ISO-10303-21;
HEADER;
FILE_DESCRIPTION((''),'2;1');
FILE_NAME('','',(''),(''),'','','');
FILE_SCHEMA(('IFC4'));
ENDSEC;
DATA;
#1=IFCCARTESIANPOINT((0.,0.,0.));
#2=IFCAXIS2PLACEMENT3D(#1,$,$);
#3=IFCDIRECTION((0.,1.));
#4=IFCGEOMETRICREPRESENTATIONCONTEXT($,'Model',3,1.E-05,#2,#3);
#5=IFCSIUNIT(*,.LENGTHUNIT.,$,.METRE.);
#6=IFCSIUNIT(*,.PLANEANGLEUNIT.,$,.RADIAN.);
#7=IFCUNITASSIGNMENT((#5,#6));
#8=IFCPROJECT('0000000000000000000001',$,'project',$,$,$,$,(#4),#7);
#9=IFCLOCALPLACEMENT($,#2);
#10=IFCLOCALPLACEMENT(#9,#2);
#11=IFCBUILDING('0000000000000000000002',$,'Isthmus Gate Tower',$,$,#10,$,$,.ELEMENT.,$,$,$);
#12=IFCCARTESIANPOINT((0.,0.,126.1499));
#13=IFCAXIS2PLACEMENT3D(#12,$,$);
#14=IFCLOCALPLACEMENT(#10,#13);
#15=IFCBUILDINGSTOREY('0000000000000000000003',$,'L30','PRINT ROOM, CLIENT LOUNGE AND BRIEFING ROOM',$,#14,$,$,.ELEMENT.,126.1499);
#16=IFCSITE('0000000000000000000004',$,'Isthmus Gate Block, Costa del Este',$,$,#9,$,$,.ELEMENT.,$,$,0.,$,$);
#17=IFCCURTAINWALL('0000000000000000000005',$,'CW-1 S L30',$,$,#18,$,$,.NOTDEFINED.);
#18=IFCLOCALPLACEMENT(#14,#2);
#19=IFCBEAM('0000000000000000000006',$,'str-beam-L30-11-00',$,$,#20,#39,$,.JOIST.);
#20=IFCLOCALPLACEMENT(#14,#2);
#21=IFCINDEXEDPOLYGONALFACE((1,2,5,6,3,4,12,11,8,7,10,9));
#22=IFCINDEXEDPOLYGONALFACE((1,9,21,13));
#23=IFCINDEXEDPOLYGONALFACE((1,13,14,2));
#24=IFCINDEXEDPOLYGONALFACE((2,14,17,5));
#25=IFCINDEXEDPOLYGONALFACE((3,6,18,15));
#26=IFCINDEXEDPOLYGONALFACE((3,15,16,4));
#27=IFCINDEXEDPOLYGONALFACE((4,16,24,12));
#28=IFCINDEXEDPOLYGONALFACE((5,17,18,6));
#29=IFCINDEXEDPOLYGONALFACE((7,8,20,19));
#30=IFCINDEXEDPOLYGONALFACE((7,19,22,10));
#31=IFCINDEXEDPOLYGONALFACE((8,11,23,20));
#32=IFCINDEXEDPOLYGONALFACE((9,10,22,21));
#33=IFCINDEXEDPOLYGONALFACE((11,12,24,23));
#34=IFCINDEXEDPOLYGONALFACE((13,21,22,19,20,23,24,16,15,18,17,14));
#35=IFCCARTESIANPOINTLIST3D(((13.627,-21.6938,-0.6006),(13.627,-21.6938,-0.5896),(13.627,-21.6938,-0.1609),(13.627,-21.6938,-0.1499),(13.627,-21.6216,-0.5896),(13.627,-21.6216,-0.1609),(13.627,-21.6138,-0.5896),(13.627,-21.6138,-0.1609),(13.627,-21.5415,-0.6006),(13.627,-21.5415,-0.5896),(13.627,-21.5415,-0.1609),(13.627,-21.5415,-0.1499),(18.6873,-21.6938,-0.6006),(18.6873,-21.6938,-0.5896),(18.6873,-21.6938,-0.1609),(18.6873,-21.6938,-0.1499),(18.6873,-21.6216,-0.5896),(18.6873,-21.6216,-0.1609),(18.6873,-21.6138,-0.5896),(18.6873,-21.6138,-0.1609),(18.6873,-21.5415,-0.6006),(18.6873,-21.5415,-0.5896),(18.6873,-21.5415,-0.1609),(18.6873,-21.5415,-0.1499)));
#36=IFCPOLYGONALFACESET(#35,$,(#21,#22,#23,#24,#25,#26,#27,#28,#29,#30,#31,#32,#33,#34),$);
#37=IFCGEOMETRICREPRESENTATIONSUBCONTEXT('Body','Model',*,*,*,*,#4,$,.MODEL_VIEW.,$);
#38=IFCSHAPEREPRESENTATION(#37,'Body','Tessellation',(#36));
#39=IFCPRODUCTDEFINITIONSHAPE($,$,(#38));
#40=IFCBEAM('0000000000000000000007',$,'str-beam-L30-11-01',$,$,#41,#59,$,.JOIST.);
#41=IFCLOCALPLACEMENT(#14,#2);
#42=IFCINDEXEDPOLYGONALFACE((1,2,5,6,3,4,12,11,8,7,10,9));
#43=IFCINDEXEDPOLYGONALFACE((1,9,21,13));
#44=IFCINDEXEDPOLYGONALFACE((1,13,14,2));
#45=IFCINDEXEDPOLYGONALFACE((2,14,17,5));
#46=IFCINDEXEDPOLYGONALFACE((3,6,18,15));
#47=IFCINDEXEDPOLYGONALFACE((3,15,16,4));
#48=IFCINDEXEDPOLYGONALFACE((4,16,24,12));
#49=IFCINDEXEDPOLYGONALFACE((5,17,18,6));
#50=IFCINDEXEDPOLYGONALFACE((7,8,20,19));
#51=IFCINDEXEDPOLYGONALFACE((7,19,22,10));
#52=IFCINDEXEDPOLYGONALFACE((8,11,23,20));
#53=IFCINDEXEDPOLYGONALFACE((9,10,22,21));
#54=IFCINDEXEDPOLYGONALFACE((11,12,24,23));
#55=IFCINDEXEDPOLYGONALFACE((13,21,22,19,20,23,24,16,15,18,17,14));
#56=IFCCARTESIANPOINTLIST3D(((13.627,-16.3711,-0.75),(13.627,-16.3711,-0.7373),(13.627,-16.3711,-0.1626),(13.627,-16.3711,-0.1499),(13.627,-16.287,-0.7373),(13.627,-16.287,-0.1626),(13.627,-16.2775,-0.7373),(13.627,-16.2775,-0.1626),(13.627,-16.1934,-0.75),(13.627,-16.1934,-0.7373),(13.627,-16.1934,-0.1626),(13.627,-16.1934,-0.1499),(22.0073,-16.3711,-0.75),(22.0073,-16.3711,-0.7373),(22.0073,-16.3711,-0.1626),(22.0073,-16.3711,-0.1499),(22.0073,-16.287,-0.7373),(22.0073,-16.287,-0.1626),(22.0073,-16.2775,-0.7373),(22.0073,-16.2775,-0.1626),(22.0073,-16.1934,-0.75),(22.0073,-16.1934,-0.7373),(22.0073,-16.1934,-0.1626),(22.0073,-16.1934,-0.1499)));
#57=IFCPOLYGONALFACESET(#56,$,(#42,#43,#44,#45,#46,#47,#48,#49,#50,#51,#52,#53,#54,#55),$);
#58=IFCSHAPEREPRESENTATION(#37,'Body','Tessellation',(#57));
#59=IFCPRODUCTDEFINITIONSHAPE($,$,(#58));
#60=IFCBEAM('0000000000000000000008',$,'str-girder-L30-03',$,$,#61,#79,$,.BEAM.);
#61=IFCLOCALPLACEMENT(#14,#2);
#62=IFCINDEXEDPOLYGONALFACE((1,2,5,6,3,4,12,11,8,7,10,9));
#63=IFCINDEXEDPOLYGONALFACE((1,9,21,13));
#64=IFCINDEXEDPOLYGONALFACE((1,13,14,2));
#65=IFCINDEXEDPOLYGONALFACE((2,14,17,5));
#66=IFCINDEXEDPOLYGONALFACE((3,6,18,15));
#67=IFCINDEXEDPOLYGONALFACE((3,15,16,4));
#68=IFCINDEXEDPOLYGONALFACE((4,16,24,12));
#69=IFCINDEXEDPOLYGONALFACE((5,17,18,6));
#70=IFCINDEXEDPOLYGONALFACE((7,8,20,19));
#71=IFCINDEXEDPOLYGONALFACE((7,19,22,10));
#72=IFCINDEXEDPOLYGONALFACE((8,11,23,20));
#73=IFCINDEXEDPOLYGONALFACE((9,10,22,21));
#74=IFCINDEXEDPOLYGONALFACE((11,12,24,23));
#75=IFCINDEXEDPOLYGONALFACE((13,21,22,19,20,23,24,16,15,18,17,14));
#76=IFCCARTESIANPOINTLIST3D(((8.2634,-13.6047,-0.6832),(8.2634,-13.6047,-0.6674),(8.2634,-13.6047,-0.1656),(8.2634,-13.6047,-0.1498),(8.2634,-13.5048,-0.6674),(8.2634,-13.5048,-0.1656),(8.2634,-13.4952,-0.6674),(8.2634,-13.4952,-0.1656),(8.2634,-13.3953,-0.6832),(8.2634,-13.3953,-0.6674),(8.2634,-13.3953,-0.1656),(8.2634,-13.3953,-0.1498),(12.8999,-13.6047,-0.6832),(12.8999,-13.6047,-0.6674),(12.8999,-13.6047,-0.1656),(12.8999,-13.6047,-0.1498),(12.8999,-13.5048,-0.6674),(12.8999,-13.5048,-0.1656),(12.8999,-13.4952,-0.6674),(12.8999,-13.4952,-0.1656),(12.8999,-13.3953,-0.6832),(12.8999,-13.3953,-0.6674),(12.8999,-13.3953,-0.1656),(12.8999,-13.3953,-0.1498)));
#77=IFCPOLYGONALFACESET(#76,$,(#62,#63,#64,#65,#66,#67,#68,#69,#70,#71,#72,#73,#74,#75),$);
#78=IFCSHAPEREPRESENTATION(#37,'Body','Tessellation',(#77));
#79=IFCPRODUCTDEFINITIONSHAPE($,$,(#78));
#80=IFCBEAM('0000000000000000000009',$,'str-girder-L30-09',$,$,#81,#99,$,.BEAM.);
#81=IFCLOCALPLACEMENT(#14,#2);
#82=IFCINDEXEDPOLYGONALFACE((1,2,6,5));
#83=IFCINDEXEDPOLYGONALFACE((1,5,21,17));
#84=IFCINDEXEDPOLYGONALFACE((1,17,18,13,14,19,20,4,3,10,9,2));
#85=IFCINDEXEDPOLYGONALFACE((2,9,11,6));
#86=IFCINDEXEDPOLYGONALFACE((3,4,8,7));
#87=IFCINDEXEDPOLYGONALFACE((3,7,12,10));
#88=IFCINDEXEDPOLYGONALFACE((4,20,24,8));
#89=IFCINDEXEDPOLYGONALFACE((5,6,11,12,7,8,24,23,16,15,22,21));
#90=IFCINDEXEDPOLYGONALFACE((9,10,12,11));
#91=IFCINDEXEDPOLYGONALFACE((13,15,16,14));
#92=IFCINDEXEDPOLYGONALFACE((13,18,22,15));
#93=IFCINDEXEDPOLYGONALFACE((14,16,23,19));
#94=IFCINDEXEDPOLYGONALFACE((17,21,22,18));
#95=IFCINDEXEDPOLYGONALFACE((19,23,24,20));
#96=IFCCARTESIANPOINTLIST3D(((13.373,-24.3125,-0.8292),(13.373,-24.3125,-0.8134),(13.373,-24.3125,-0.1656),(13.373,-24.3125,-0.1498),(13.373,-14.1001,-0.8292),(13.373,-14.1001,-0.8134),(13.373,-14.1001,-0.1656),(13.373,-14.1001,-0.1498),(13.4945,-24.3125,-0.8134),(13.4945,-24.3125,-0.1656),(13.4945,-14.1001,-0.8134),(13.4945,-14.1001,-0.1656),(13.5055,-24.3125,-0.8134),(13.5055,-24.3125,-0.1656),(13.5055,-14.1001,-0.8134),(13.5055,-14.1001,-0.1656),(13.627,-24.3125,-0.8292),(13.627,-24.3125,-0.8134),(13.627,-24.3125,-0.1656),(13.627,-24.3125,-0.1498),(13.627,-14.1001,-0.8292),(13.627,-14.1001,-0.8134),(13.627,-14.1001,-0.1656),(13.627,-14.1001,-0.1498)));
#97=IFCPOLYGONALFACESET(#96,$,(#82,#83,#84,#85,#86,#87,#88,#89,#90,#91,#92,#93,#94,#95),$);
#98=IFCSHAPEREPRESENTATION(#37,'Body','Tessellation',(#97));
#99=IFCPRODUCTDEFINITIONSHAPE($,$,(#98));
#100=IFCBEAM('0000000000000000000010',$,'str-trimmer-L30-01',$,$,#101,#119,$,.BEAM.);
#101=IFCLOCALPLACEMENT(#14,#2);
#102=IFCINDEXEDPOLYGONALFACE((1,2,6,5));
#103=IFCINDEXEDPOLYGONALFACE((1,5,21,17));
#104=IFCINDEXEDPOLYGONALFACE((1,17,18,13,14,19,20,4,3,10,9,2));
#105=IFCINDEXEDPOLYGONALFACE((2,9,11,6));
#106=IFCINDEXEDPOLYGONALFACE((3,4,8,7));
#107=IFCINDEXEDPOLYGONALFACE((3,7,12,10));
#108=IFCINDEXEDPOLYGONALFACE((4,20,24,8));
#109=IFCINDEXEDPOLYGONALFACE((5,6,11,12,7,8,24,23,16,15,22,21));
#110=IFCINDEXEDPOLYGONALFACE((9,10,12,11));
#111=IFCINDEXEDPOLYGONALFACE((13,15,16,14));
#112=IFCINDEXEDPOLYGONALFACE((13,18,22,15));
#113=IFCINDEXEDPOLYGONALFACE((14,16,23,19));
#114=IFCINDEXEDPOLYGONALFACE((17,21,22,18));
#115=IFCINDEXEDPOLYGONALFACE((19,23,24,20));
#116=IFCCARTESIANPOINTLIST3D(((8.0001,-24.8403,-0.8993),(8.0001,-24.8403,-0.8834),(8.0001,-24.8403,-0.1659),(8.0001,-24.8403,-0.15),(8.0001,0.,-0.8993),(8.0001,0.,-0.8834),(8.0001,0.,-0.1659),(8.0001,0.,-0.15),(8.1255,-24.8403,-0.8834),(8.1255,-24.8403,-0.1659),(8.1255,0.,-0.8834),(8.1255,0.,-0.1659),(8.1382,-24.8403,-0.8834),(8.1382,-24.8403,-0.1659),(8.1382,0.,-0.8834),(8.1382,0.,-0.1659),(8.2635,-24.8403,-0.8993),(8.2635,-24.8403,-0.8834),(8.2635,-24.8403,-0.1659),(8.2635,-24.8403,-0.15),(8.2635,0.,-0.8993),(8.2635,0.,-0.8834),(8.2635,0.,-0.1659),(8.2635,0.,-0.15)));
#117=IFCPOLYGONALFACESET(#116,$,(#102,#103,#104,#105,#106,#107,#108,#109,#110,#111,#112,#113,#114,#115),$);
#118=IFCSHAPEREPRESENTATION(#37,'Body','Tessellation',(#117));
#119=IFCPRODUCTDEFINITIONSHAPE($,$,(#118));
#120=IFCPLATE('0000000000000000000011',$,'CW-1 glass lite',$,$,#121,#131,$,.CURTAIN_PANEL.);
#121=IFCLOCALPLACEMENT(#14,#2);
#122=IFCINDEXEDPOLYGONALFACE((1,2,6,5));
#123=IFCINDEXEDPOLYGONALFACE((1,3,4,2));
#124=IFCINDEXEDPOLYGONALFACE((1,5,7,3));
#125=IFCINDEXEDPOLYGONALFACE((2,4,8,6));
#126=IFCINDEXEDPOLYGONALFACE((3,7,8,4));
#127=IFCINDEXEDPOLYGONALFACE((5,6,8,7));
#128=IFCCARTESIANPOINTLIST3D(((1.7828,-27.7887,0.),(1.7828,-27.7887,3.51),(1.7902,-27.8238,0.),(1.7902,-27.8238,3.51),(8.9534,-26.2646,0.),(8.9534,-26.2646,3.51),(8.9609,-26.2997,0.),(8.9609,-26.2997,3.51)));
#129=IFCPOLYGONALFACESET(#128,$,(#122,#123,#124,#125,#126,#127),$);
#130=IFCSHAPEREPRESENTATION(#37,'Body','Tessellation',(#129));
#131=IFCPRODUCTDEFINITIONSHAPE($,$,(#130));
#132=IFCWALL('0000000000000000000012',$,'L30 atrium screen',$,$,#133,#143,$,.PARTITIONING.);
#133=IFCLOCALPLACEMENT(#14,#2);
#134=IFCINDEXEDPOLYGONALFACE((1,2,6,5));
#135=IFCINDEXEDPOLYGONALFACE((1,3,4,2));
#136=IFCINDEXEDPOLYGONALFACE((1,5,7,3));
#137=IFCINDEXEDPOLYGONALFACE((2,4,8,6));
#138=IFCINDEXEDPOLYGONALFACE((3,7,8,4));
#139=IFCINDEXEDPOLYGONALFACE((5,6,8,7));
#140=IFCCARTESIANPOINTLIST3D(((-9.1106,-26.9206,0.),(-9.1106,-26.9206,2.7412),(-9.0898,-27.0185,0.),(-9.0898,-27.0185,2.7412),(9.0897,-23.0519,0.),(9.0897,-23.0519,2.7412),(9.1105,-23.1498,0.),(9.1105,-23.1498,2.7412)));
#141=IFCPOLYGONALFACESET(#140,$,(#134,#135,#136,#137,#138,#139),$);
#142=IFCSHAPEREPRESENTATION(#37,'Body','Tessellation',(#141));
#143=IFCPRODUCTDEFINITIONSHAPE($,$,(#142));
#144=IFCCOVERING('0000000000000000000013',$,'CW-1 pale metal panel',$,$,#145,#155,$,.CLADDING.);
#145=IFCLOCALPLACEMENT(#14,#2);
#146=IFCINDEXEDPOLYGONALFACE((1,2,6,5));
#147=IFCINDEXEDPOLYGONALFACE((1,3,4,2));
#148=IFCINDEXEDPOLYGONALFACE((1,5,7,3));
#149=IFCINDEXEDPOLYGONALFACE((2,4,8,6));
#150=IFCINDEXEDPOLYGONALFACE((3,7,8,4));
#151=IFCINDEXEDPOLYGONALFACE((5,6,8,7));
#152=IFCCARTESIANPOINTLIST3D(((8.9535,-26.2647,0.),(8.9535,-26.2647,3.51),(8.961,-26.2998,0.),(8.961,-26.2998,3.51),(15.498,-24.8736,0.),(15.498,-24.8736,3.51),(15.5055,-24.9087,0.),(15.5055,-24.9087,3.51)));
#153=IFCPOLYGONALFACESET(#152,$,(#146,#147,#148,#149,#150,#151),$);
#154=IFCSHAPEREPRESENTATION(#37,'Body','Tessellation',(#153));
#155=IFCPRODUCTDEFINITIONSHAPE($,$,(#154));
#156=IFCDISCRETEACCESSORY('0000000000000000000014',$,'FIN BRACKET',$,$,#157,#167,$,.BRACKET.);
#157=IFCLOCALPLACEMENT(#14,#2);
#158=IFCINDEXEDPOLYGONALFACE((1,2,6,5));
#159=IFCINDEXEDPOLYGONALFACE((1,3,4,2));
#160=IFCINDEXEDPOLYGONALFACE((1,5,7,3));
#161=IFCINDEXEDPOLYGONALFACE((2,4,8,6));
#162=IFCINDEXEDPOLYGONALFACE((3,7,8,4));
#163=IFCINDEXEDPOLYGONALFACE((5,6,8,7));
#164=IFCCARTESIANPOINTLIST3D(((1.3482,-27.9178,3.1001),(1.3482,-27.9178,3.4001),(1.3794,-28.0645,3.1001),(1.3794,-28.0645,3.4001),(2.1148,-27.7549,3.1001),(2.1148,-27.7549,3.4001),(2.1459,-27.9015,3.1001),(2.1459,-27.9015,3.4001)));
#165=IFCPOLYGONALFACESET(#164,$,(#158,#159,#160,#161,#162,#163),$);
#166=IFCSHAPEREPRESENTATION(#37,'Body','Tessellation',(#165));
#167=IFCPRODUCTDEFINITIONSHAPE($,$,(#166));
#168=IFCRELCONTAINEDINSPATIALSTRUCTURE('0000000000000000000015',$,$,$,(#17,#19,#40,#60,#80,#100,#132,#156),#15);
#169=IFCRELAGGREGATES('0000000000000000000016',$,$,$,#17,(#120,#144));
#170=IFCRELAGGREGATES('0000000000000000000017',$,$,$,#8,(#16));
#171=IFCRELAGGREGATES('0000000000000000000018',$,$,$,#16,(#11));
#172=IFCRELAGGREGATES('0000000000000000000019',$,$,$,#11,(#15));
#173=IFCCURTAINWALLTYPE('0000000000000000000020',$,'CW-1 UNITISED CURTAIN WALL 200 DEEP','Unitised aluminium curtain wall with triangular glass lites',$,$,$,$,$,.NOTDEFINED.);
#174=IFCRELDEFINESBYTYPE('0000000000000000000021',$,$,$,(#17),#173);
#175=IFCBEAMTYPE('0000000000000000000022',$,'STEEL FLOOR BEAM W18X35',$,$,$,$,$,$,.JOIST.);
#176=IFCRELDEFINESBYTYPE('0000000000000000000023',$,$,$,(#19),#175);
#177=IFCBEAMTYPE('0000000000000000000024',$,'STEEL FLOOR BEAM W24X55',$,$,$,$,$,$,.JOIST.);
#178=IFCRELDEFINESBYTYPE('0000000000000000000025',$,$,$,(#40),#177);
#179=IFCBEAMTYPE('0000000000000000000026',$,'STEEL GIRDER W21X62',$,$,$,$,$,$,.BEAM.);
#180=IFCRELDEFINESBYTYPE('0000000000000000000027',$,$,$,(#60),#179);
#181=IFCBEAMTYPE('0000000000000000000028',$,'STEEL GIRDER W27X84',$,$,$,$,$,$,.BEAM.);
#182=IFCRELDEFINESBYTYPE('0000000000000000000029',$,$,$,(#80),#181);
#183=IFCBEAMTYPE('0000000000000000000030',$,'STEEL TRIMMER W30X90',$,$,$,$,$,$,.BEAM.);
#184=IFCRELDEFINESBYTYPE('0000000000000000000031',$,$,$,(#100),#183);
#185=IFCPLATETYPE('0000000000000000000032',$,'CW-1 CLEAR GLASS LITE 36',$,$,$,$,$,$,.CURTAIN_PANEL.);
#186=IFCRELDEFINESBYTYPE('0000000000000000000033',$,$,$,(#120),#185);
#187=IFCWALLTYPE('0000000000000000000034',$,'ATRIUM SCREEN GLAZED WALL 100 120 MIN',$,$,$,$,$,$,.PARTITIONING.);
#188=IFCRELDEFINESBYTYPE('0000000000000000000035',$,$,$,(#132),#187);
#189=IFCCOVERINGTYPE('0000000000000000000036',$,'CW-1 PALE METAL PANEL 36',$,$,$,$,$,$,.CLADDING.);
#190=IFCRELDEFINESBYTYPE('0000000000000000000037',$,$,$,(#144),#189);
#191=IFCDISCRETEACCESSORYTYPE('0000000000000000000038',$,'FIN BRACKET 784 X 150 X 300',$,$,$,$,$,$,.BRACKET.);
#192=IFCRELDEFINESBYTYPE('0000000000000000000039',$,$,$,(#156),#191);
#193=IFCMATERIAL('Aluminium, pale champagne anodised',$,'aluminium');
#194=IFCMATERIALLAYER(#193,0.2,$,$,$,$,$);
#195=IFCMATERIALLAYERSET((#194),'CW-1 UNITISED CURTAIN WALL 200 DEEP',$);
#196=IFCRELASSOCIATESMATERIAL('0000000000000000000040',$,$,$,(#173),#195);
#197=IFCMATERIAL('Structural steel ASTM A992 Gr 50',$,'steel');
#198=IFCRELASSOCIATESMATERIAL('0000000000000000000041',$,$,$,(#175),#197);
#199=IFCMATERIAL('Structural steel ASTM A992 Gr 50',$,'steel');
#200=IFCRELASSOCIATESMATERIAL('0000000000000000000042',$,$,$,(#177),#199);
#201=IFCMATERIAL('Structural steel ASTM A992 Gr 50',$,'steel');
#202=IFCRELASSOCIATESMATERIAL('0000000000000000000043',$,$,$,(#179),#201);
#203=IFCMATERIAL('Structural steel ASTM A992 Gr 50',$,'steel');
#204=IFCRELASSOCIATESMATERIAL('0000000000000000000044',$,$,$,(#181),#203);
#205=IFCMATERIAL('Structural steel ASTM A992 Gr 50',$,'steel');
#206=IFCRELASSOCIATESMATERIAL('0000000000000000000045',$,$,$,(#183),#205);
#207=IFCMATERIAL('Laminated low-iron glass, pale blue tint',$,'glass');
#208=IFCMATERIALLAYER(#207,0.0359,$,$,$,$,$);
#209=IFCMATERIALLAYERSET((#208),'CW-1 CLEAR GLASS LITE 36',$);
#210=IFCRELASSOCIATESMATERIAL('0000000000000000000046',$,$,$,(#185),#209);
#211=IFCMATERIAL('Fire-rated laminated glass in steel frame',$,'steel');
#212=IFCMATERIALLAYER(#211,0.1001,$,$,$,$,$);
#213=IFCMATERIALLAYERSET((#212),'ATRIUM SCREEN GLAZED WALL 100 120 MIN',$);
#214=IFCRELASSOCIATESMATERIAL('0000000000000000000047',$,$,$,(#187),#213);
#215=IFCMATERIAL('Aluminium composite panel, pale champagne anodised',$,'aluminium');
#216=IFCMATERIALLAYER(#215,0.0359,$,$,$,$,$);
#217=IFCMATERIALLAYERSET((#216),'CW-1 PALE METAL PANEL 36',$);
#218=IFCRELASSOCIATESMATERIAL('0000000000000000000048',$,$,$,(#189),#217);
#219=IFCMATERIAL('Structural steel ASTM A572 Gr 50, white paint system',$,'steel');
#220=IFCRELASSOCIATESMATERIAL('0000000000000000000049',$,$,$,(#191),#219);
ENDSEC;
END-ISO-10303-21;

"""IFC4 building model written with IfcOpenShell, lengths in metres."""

from ifc_helpers import new_model, si_unit, direction, frame, frame_2d, origin, origin_2d, place, context, subcontext, project, spatial, rectangle, i_section, extrude, material, layer, layer_set, material_profile, profile_set, type_object, element, aggregate, save


model = new_model("IFC4")

# Units and contexts
model_context = context("Model", 3, precision=1e-05, world=origin(), true_north=direction((0.0, 1.0)))
body_context = subcontext(model_context, "Body", "Model", "MODEL_VIEW")
ifc_project = project(units=[si_unit("LENGTHUNIT", "METRE"), si_unit("PLANEANGLEUNIT", "RADIAN")], contexts=[model_context])

# Site, building, storey
site_placement = place(None, origin())
site = spatial("IfcSite", under=ifc_project, at=site_placement, Name="Isthmus Gate Block, Costa del Este", CompositionType="ELEMENT", RefElevation=0.0)
building_placement = place(site_placement, origin())
building = spatial("IfcBuilding", under=site, at=building_placement, Name="Isthmus Gate Tower", CompositionType="ELEMENT")
storey_placement = place(building_placement, frame((0.0, 0.0, 126.1499)))
storey = spatial("IfcBuildingStorey", under=building, at=storey_placement, Name="L30", Description="PRINT ROOM, CLIENT LOUNGE AND BRIEFING ROOM", CompositionType="ELEMENT", Elevation=126.1499)

# Curtain wall
ifc_material_1 = material(Name="Aluminium, pale champagne anodised", Category="aluminium")
ifc_layer_1 = layer(ifc_material_1, 0.2)
ifc_layer_set_1 = layer_set([ifc_layer_1], Name="CW-1 UNITISED CURTAIN WALL 200 DEEP")
curtain_wall_type = type_object("IfcCurtainWallType", Name="CW-1 UNITISED CURTAIN WALL 200 DEEP", Description="Unitised aluminium curtain wall with triangular glass lites", PredefinedType="NOTDEFINED", material=ifc_layer_set_1)
curtain_wall_placement = place(storey_placement, origin())
curtain_wall = element("IfcCurtainWall", 1, at=curtain_wall_placement, inside=storey, type_object=curtain_wall_type, Name="CW-1 S L30", PredefinedType="NOTDEFINED")

# Beams
ifc_material_2 = material(Name="Structural steel ASTM A992 Gr 50", Category="steel")
ifc_material_profile_1 = material_profile(ifc_material_2, i_section(OverallWidth=0.1523, OverallDepth=0.4507, WebThickness=0.0078, FlangeThickness=0.011, at=origin_2d()), Name="W18X35")
ifc_profile_set_1 = profile_set([ifc_material_profile_1], Name="Structural steel ASTM A992 Gr 50")
beam_type_1 = type_object("IfcBeamType", Name="STEEL FLOOR BEAM W18X35", PredefinedType="JOIST", material=ifc_profile_set_1)
beam_1_placement = place(storey_placement, frame((13.627, -21.6177, -0.3752), z_axis=(1.0, 0.0, 0.0), x_axis=(0.0, 1.0, 0.0)))
element("IfcBeam", 2, at=beam_1_placement, inside=storey, type_object=beam_type_1, Name="str-beam-L30-11-00", PredefinedType="JOIST", context=body_context, shape_type="SweptSolid", body=[
    extrude(i_section(OverallWidth=0.1523, OverallDepth=0.4507, WebThickness=0.0078, FlangeThickness=0.011, at=origin_2d()), origin(), (0.0, 0.0, 1.0), 5.0603),
])
ifc_material_3 = material(Name="Structural steel ASTM A992 Gr 50", Category="steel")
ifc_material_profile_2 = material_profile(ifc_material_3, i_section(OverallWidth=0.1777, OverallDepth=0.6001, WebThickness=0.0095, FlangeThickness=0.0127, at=origin_2d()), Name="W24X55")
ifc_profile_set_2 = profile_set([ifc_material_profile_2], Name="Structural steel ASTM A992 Gr 50")
beam_type_2 = type_object("IfcBeamType", Name="STEEL FLOOR BEAM W24X55", PredefinedType="JOIST", material=ifc_profile_set_2)
beam_2_placement = place(storey_placement, frame((13.627, -16.2822, -0.45), z_axis=(1.0, 0.0, 0.0), x_axis=(0.0, 1.0, 0.0)))
element("IfcBeam", 3, at=beam_2_placement, inside=storey, type_object=beam_type_2, Name="str-beam-L30-11-01", PredefinedType="JOIST", context=body_context, shape_type="SweptSolid", body=[
    extrude(i_section(OverallWidth=0.1777, OverallDepth=0.6001, WebThickness=0.0095, FlangeThickness=0.0127, at=origin_2d()), origin(), (0.0, 0.0, 1.0), 8.3804),
])
ifc_material_4 = material(Name="Structural steel ASTM A992 Gr 50", Category="steel")
ifc_material_profile_3 = material_profile(ifc_material_4, i_section(OverallWidth=0.2095, OverallDepth=0.5334, WebThickness=0.0095, FlangeThickness=0.0159, at=origin_2d()), Name="W21X62")
ifc_profile_set_3 = profile_set([ifc_material_profile_3], Name="Structural steel ASTM A992 Gr 50")
beam_type_3 = type_object("IfcBeamType", Name="STEEL GIRDER W21X62", PredefinedType="BEAM", material=ifc_profile_set_3)
beam_3_placement = place(storey_placement, frame((8.2634, -13.5, -0.4165), z_axis=(1.0, 0.0, 0.0), x_axis=(0.0, 1.0, 0.0)))
element("IfcBeam", 4, at=beam_3_placement, inside=storey, type_object=beam_type_3, Name="str-girder-L30-03", PredefinedType="BEAM", context=body_context, shape_type="SweptSolid", body=[
    extrude(i_section(OverallWidth=0.2095, OverallDepth=0.5334, WebThickness=0.0095, FlangeThickness=0.0159, at=origin_2d()), origin(), (0.0, 0.0, 1.0), 4.6365),
])
ifc_material_5 = material(Name="Structural steel ASTM A992 Gr 50", Category="steel")
ifc_material_profile_4 = material_profile(ifc_material_5, i_section(OverallWidth=0.2539, OverallDepth=0.6794, WebThickness=0.011, FlangeThickness=0.0159, at=origin_2d()), Name="W27X84")
ifc_profile_set_4 = profile_set([ifc_material_profile_4], Name="Structural steel ASTM A992 Gr 50")
beam_type_4 = type_object("IfcBeamType", Name="STEEL GIRDER W27X84", PredefinedType="BEAM", material=ifc_profile_set_4)
beam_4_placement = place(storey_placement, frame((13.5, -24.3125, -0.4895), z_axis=(0.0, 1.0, 0.0), x_axis=(-1.0, 0.0, 0.0)))
element("IfcBeam", 5, at=beam_4_placement, inside=storey, type_object=beam_type_4, Name="str-girder-L30-09", PredefinedType="BEAM", context=body_context, shape_type="SweptSolid", body=[
    extrude(i_section(OverallWidth=0.2539, OverallDepth=0.6794, WebThickness=0.011, FlangeThickness=0.0159, at=origin_2d()), origin(), (0.0, 0.0, 1.0), 10.2124),
])
ifc_material_6 = material(Name="Structural steel ASTM A992 Gr 50", Category="steel")
ifc_material_profile_5 = material_profile(ifc_material_6, i_section(OverallWidth=0.2634, OverallDepth=0.7493, WebThickness=0.0127, FlangeThickness=0.0159, at=origin_2d()), Name="W30X90")
ifc_profile_set_5 = profile_set([ifc_material_profile_5], Name="Structural steel ASTM A992 Gr 50")
beam_type_5 = type_object("IfcBeamType", Name="STEEL TRIMMER W30X90", PredefinedType="BEAM", material=ifc_profile_set_5)
beam_5_placement = place(storey_placement, frame((8.1318, -24.8403, -0.5247), z_axis=(0.0, 1.0, 0.0), x_axis=(-1.0, 0.0, 0.0)))
element("IfcBeam", 6, at=beam_5_placement, inside=storey, type_object=beam_type_5, Name="str-trimmer-L30-01", PredefinedType="BEAM", context=body_context, shape_type="SweptSolid", body=[
    extrude(i_section(OverallWidth=0.2634, OverallDepth=0.7493, WebThickness=0.0127, FlangeThickness=0.0159, at=origin_2d()), origin(), (0.0, 0.0, 1.0), 24.8403),
])

# Plate
ifc_material_7 = material(Name="Laminated low-iron glass, pale blue tint", Category="glass")
ifc_layer_2 = layer(ifc_material_7, 0.0359)
ifc_layer_set_2 = layer_set([ifc_layer_2], Name="CW-1 CLEAR GLASS LITE 36")
plate_type = type_object("IfcPlateType", Name="CW-1 CLEAR GLASS LITE 36", PredefinedType="CURTAIN_PANEL", material=ifc_layer_set_2)
plate_placement = place(storey_placement, frame((5.3718, -27.0442, 0.0), z_axis=(0.0, 0.0, 1.0), x_axis=(0.978148, 0.207912, 0.0)))
plate = element("IfcPlate", 7, at=plate_placement, type_object=plate_type, Name="CW-1 glass lite", PredefinedType="CURTAIN_PANEL", context=body_context, shape_type="SweptSolid", body=[
    extrude(rectangle(XDim=7.3308, YDim=0.0359, at=origin_2d()), origin(), (0.0, 0.0, 1.0), 3.51),
])

# Wall
ifc_material_8 = material(Name="Fire-rated laminated glass in steel frame", Category="steel")
ifc_layer_3 = layer(ifc_material_8, 0.1001)
ifc_layer_set_3 = layer_set([ifc_layer_3], Name="ATRIUM SCREEN GLAZED WALL 100 120 MIN")
wall_type = type_object("IfcWallType", Name="ATRIUM SCREEN GLAZED WALL 100 120 MIN", PredefinedType="PARTITIONING", material=ifc_layer_set_3)
wall_placement = place(storey_placement, frame((9.1001, -23.1008, 0.0), z_axis=(0.0, 0.0, 1.0), x_axis=(-0.978147, -0.207916, 0.0)))
element("IfcWall", 8, at=wall_placement, inside=storey, type_object=wall_type, Name="L30 atrium screen", PredefinedType="PARTITIONING", context=body_context, shape_type="SweptSolid", body=[
    extrude(rectangle(XDim=18.6069, YDim=0.1001, at=frame_2d((9.3035, 0.0))), origin(), (0.0, 0.0, 1.0), 2.7412),
])

# Covering
ifc_material_9 = material(Name="Aluminium composite panel, pale champagne anodised", Category="aluminium")
ifc_layer_4 = layer(ifc_material_9, 0.0359)
ifc_layer_set_4 = layer_set([ifc_layer_4], Name="CW-1 PALE METAL PANEL 36")
covering_type = type_object("IfcCoveringType", Name="CW-1 PALE METAL PANEL 36", PredefinedType="CLADDING", material=ifc_layer_set_4)
covering_placement = place(storey_placement, frame((12.2295, -25.5867, 0.0), z_axis=(0.0, 0.0, 1.0), x_axis=(0.978148, 0.207912, 0.0)))
covering = element("IfcCovering", 9, at=covering_placement, type_object=covering_type, Name="CW-1 pale metal panel", PredefinedType="CLADDING", context=body_context, shape_type="SweptSolid", body=[
    extrude(rectangle(XDim=6.6907, YDim=0.0359, at=origin_2d()), origin(), (0.0, 0.0, 1.0), 3.51),
])
aggregate(curtain_wall, [plate, covering])

# Discrete accessory
ifc_material_10 = material(Name="Structural steel ASTM A572 Gr 50, white paint system", Category="steel")
discrete_accessory_type = type_object("IfcDiscreteAccessoryType", Name="FIN BRACKET 784 X 150 X 300", PredefinedType="BRACKET", material=ifc_material_10)
for number, where, z_axis, x_axis, name in (
    (10, (1.7471, -27.9097, 3.1001), (0.0, 0.0, 1.0), (0.207912, -0.978148, 0.0), "FIN BRACKET"),
):
    element("IfcDiscreteAccessory", number, at=place(storey_placement, frame(where, z_axis=z_axis, x_axis=x_axis)), inside=storey, type_object=discrete_accessory_type, Name=name, PredefinedType="BRACKET", context=body_context, shape_type="SweptSolid", body=[
        extrude(rectangle(XDim=0.1499, YDim=0.7837, at=origin_2d()), origin(), (0.0, 0.0, 1.0), 0.3),
    ])

save(model, "model.ifc")
